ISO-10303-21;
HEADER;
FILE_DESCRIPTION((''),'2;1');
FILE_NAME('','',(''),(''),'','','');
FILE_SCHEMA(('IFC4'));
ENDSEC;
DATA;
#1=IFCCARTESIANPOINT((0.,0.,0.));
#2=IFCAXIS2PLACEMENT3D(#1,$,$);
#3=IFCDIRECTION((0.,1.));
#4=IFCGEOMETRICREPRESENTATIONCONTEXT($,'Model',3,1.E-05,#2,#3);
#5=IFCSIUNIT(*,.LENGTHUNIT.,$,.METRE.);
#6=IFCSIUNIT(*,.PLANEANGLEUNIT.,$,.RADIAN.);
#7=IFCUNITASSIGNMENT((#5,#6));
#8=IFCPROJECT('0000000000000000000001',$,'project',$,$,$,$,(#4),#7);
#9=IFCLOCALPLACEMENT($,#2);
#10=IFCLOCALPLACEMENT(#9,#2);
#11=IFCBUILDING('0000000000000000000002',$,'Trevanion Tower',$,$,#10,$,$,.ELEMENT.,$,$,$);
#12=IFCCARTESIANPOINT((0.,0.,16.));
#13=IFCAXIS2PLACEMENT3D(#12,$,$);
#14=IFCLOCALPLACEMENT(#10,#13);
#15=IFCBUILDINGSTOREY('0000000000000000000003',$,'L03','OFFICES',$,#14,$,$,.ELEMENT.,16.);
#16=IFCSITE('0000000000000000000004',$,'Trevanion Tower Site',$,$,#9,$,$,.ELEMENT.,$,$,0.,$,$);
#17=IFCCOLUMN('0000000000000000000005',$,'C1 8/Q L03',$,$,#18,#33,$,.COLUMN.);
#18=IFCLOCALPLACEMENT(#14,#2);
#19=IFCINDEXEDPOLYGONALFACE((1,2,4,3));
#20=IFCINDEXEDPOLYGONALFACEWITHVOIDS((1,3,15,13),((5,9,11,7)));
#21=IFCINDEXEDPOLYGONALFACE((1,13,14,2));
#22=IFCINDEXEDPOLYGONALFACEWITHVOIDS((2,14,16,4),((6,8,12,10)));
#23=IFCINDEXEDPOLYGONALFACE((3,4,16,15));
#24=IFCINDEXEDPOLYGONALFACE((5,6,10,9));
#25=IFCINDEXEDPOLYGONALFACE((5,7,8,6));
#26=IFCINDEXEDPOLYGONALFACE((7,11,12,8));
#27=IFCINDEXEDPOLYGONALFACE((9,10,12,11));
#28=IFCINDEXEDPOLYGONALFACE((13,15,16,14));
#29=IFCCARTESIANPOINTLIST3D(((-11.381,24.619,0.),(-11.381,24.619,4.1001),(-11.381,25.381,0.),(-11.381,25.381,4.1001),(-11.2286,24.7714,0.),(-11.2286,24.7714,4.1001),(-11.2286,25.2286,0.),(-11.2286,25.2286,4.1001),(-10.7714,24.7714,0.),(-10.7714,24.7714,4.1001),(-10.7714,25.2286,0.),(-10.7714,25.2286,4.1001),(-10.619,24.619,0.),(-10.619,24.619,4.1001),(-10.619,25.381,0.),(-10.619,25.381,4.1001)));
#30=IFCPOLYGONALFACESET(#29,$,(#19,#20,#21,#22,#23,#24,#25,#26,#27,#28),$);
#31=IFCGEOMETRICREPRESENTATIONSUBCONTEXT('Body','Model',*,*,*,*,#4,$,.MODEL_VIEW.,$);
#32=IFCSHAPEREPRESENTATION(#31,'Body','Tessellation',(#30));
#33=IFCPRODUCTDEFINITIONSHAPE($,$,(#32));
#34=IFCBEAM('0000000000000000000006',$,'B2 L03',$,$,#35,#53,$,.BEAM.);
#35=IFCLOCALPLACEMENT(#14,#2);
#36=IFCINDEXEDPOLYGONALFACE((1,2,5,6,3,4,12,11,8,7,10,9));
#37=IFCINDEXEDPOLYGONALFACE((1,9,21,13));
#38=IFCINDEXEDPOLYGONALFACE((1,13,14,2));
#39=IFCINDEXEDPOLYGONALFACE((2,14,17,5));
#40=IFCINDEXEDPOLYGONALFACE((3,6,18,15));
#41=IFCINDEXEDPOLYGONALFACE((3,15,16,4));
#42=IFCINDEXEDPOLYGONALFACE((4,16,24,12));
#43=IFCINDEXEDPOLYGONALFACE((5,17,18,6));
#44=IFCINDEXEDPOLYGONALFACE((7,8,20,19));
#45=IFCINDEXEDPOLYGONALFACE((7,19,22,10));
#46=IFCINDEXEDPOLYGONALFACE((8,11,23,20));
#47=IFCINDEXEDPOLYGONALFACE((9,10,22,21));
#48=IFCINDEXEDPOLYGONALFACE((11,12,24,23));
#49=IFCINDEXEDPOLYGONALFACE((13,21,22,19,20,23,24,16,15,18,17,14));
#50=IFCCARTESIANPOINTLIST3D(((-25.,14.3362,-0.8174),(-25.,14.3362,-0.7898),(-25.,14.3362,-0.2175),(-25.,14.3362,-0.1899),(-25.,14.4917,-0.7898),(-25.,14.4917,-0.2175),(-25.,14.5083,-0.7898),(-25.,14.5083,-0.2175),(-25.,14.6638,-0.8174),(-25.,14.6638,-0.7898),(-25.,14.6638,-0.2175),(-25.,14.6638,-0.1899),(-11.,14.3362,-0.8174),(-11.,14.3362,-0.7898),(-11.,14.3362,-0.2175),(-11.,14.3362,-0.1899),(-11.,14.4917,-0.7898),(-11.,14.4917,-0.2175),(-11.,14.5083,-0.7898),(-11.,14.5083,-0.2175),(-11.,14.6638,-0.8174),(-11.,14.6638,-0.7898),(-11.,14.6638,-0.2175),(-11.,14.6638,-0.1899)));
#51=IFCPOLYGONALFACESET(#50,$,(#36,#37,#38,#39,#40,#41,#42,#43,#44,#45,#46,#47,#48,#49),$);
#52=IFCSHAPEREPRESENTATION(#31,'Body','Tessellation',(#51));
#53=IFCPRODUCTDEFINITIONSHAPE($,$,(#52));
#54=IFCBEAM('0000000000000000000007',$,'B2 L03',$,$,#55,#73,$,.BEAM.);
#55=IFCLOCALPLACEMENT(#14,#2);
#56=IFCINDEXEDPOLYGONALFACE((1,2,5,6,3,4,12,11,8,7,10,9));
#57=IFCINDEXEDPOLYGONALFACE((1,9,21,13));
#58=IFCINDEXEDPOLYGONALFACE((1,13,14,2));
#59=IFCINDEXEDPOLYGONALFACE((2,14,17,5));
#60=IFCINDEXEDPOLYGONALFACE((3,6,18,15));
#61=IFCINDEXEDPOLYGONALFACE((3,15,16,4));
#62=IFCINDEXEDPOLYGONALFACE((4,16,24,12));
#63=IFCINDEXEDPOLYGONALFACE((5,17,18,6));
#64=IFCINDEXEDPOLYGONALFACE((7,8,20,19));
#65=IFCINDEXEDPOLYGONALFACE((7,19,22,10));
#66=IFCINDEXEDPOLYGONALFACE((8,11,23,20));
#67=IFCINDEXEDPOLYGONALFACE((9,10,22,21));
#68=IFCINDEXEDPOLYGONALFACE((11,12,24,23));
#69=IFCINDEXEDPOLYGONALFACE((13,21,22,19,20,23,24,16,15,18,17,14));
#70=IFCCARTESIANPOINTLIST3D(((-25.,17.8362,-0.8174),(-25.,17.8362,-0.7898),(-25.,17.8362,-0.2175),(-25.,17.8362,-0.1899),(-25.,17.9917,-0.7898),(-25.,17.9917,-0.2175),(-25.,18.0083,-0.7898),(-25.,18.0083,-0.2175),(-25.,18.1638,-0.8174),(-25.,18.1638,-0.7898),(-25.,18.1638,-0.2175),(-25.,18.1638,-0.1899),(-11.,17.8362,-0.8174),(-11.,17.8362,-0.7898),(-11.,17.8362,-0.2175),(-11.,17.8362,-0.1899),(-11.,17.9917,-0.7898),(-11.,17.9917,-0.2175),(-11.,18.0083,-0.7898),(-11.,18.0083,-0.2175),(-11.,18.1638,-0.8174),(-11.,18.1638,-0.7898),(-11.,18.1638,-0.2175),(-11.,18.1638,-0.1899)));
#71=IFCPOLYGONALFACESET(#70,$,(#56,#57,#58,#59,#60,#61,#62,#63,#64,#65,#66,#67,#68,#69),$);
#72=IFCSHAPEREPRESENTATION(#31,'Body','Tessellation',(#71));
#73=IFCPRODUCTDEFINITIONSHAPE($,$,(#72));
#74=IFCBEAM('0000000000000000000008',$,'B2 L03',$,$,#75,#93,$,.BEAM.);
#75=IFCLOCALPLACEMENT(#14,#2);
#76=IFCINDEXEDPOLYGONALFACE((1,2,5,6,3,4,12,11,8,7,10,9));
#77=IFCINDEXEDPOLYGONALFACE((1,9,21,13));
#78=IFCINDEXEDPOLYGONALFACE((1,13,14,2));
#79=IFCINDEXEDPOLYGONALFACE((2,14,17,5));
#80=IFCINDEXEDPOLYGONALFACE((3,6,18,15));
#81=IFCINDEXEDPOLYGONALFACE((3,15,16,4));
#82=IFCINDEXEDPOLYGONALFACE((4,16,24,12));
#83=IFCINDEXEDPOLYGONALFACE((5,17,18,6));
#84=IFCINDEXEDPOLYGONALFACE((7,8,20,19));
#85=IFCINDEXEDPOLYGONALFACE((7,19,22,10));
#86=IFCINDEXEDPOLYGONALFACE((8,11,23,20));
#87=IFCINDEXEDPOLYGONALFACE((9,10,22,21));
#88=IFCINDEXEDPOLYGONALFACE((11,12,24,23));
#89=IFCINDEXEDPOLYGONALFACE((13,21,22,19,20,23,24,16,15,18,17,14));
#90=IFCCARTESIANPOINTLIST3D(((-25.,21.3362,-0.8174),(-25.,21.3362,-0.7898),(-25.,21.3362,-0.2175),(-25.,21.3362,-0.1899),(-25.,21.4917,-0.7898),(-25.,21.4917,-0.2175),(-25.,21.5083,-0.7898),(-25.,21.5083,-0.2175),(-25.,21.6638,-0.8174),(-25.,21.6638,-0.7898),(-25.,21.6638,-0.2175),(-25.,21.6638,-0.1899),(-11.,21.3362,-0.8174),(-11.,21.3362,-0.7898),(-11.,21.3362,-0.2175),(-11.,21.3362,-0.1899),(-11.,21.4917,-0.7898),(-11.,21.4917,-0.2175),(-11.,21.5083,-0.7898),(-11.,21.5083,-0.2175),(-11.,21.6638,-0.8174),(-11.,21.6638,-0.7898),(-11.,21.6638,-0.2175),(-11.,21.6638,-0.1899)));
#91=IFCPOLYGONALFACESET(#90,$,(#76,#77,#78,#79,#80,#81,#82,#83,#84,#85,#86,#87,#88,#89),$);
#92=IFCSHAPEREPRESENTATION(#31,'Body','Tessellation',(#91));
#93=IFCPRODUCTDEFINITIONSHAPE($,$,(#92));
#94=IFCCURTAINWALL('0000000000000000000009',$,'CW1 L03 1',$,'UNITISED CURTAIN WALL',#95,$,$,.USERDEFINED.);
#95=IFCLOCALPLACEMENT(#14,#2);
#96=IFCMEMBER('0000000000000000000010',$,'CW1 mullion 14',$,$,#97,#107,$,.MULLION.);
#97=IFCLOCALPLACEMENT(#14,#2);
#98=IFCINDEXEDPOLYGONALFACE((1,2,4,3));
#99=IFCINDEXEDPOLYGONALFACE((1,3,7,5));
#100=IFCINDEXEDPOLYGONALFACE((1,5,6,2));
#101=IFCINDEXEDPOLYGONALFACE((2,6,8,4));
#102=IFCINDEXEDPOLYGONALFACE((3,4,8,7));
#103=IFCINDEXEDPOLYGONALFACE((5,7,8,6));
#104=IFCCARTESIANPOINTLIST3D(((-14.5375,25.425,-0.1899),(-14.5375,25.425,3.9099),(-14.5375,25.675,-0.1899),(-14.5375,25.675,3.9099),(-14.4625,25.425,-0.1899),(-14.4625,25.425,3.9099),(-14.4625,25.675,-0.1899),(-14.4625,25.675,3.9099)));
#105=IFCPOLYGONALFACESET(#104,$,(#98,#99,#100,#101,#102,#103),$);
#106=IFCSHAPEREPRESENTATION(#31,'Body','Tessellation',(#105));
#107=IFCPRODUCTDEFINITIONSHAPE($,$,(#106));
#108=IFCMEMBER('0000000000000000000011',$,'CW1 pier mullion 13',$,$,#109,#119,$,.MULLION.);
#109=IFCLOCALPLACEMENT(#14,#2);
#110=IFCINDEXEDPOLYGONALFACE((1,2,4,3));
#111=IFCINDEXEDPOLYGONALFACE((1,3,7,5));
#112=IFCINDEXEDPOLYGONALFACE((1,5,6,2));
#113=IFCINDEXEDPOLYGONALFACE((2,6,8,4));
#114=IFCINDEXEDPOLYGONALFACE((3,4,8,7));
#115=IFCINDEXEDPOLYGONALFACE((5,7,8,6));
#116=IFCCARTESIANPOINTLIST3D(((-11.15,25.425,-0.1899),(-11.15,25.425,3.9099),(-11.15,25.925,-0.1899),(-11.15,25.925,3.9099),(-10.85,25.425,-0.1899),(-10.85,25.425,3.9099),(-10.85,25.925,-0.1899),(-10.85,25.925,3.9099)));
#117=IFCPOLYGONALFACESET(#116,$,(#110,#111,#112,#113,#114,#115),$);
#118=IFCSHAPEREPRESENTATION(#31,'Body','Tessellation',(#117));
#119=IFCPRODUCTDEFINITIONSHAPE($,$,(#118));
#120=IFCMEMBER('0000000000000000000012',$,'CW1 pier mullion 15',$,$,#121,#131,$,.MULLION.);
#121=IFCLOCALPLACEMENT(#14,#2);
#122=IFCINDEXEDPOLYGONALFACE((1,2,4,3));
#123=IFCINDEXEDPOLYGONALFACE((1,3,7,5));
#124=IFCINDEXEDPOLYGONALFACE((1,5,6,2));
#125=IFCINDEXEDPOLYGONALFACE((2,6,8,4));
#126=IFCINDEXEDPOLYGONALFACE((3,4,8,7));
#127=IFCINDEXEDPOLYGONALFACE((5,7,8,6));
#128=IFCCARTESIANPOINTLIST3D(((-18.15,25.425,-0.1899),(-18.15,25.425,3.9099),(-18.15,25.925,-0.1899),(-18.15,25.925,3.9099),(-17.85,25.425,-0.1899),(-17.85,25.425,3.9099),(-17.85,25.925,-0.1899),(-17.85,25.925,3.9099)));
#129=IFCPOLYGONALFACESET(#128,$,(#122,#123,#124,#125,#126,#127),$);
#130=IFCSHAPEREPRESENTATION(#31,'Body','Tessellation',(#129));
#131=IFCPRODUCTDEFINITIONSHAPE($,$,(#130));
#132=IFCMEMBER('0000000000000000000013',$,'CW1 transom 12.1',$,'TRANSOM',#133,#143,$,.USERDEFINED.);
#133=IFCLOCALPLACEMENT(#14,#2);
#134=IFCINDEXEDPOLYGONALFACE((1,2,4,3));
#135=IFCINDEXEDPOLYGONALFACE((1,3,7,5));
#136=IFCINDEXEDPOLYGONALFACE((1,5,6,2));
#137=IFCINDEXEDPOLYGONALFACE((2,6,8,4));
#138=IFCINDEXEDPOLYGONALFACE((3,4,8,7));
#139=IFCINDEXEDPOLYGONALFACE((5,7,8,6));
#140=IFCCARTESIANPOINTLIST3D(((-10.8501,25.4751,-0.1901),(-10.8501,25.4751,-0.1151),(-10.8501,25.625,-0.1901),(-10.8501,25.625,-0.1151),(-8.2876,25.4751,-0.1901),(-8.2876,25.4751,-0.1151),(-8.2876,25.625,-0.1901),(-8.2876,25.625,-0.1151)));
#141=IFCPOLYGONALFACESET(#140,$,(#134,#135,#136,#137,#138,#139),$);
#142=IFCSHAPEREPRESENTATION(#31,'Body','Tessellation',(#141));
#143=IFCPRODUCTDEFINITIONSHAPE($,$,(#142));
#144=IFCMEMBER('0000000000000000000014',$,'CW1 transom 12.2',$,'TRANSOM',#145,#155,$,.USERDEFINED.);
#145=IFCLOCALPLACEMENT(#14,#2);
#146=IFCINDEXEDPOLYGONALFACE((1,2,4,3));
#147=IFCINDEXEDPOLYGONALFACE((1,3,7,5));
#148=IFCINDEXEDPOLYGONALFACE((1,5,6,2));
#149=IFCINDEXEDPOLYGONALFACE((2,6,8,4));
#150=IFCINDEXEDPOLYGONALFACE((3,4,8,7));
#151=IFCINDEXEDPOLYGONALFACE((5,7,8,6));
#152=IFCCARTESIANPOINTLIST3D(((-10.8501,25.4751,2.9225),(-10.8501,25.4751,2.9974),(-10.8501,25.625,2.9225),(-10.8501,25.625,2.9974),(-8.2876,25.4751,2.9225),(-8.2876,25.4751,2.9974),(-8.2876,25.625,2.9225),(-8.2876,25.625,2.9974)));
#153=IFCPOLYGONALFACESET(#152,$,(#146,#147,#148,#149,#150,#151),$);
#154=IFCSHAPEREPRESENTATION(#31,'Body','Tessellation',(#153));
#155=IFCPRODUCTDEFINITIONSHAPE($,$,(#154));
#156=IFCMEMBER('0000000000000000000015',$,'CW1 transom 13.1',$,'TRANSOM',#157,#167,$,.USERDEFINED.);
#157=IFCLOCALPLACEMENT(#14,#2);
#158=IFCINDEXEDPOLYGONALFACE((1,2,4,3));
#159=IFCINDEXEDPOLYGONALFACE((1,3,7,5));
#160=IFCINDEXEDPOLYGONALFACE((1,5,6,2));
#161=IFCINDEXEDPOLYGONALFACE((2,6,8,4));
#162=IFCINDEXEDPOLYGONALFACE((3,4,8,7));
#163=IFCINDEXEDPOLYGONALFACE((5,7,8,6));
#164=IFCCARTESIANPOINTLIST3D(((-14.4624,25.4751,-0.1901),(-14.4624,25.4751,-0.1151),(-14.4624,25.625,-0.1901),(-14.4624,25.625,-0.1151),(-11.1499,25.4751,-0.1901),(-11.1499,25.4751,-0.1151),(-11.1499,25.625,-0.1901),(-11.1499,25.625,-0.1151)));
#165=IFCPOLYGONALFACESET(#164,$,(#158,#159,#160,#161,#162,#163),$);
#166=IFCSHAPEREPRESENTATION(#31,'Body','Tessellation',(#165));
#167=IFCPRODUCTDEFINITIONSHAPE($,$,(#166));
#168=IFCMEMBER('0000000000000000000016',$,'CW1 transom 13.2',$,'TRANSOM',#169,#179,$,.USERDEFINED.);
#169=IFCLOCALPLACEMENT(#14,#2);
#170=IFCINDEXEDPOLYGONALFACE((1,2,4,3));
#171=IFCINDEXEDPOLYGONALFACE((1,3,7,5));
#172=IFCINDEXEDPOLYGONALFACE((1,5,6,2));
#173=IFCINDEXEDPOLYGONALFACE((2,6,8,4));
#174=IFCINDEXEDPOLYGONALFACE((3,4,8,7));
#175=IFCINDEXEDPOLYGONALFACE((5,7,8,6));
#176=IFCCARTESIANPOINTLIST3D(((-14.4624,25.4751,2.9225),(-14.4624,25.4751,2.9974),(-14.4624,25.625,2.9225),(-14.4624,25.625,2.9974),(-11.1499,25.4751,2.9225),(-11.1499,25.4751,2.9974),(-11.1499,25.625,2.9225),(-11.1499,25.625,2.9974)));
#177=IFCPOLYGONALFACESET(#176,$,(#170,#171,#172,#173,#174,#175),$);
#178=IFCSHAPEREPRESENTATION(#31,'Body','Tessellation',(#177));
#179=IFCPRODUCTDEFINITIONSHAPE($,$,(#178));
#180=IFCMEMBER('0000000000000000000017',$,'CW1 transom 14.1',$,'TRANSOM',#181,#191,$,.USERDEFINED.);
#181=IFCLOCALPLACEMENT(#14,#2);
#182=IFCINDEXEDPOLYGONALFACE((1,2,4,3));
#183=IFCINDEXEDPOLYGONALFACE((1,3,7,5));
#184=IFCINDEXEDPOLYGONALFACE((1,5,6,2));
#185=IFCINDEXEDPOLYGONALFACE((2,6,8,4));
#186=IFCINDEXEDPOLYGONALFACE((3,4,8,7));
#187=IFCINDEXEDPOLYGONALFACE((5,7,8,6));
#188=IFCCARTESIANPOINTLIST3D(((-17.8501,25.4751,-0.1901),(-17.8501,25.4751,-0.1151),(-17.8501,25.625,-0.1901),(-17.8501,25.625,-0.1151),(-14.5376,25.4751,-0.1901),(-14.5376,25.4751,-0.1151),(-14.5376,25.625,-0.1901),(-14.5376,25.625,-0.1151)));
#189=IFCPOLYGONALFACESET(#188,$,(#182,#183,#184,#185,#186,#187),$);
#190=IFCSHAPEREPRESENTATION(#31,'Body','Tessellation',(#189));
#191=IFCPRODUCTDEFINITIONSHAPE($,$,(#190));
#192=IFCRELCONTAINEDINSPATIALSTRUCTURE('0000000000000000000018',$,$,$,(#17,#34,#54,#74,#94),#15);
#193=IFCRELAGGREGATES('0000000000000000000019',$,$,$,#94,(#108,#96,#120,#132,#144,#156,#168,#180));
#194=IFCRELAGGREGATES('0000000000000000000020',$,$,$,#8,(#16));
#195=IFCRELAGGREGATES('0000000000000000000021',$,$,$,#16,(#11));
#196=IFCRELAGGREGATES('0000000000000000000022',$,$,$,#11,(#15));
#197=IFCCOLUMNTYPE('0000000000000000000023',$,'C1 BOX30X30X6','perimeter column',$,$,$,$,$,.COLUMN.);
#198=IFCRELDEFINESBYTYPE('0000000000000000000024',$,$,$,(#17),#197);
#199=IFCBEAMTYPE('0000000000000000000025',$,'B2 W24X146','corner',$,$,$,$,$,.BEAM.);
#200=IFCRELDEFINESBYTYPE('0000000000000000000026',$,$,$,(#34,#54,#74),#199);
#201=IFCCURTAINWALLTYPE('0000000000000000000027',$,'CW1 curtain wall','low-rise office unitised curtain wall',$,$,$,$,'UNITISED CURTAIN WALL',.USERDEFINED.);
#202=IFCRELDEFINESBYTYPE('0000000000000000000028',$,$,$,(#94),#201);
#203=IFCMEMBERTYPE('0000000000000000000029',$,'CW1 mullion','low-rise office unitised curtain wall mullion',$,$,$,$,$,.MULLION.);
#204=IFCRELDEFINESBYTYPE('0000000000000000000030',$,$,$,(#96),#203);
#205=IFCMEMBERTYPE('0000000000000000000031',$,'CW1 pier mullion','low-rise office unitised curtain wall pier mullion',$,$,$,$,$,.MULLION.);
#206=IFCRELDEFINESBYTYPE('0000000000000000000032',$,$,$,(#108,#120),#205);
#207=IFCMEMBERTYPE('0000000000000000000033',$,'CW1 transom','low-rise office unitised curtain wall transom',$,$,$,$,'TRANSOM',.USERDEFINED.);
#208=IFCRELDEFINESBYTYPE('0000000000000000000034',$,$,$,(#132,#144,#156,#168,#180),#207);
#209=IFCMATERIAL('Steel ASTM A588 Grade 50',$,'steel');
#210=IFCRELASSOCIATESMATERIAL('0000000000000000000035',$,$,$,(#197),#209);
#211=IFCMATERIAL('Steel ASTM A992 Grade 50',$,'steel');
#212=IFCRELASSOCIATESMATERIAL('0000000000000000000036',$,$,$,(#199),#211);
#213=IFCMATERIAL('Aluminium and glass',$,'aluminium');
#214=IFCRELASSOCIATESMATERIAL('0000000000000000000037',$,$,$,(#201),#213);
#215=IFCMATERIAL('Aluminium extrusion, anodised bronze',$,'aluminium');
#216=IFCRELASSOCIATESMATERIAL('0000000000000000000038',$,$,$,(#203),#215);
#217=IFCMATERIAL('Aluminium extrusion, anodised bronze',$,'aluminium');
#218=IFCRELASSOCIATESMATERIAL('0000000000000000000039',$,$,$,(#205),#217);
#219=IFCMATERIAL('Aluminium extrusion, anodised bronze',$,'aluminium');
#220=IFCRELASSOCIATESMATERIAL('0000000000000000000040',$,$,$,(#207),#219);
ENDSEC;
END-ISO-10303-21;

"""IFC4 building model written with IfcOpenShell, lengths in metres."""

from ifc_helpers import new_model, si_unit, direction, frame, origin, origin_2d, place, context, subcontext, project, spatial, rectangle, hollow_rectangle, i_section, extrude, material, material_profile, profile_set, type_object, element, aggregate, save


model = new_model("IFC4")

# Units and contexts
model_context = context("Model", 3, precision=1e-05, world=origin(), true_north=direction((0.0, 1.0)))
body_context = subcontext(model_context, "Body", "Model", "MODEL_VIEW")
ifc_project = project(units=[si_unit("LENGTHUNIT", "METRE"), si_unit("PLANEANGLEUNIT", "RADIAN")], contexts=[model_context])

# Site, building, storey
site_placement = place(None, origin())
site = spatial("IfcSite", under=ifc_project, at=site_placement, Name="Trevanion Tower Site", CompositionType="ELEMENT", RefElevation=0.0)
building_placement = place(site_placement, origin())
building = spatial("IfcBuilding", under=site, at=building_placement, Name="Trevanion Tower", CompositionType="ELEMENT")
storey_placement = place(building_placement, frame((0.0, 0.0, 16.0)))
storey = spatial("IfcBuildingStorey", under=building, at=storey_placement, Name="L03", Description="OFFICES", CompositionType="ELEMENT", Elevation=16.0)

# Column
ifc_material_1 = material(Name="Steel ASTM A588 Grade 50", Category="steel")
ifc_material_profile_1 = material_profile(ifc_material_1, hollow_rectangle(XDim=0.762, YDim=0.762, WallThickness=0.1523, at=origin_2d()), Name="BOX30X30X6")
ifc_profile_set_1 = profile_set([ifc_material_profile_1], Name="Steel ASTM A588 Grade 50")
column_type = type_object("IfcColumnType", Name="C1 BOX30X30X6", Description="perimeter column", PredefinedType="COLUMN", material=ifc_profile_set_1)
column_placement = place(storey_placement, frame((-11.0, 25.0, 0.0), z_axis=(0.0, 0.0, 1.0), x_axis=(1.0, 0.0, 0.0)))
element("IfcColumn", 1, at=column_placement, inside=storey, type_object=column_type, Name="C1 8/Q L03", PredefinedType="COLUMN", context=body_context, shape_type="SweptSolid", body=[
    extrude(hollow_rectangle(XDim=0.762, YDim=0.762, WallThickness=0.1523, at=origin_2d()), origin(), (0.0, 0.0, 1.0), 4.1001),
])

# Beams
ifc_material_2 = material(Name="Steel ASTM A992 Grade 50", Category="steel")
ifc_material_profile_2 = material_profile(ifc_material_2, i_section(OverallWidth=0.3276, OverallDepth=0.6274, WebThickness=0.0166, FlangeThickness=0.0276, at=origin_2d()), Name="W24X146")
ifc_profile_set_2 = profile_set([ifc_material_profile_2], Name="Steel ASTM A992 Grade 50")
beam_type_1 = type_object("IfcBeamType", Name="B2 W24X146", Description="corner", PredefinedType="BEAM", material=ifc_profile_set_2)
for number, where, z_axis, x_axis, name in (
    (2, (-11.0, 14.5, -0.5037), (-1.0, 0.0, 0.0), (0.0, -1.0, 0.0), "B2 L03"),
    (3, (-11.0, 18.0, -0.5037), (-1.0, 0.0, 0.0), (0.0, -1.0, 0.0), "B2 L03"),
    (4, (-11.0, 21.5, -0.5037), (-1.0, 0.0, 0.0), (0.0, -1.0, 0.0), "B2 L03"),
):
    element("IfcBeam", number, at=place(storey_placement, frame(where, z_axis=z_axis, x_axis=x_axis)), inside=storey, type_object=beam_type_1, Name=name, PredefinedType="BEAM", context=body_context, shape_type="SweptSolid", body=[
        extrude(i_section(OverallWidth=0.3276, OverallDepth=0.6274, WebThickness=0.0166, FlangeThickness=0.0276, at=origin_2d()), origin(), (0.0, 0.0, 1.0), 14.0),
    ])

# Curtain wall, members
ifc_material_3 = material(Name="Aluminium and glass", Category="aluminium")
curtain_wall_type = type_object("IfcCurtainWallType", Name="CW1 curtain wall", Description="low-rise office unitised curtain wall", ElementType="UNITISED CURTAIN WALL", PredefinedType="USERDEFINED", material=ifc_material_3)
curtain_wall_placement = place(storey_placement, origin())
curtain_wall = element("IfcCurtainWall", 5, at=curtain_wall_placement, inside=storey, type_object=curtain_wall_type, Name="CW1 L03 1", ObjectType="UNITISED CURTAIN WALL", PredefinedType="USERDEFINED")
ifc_material_4 = material(Name="Aluminium extrusion, anodised bronze", Category="aluminium")
ifc_material_profile_3 = material_profile(ifc_material_4, rectangle(XDim=0.075, YDim=0.25, at=origin_2d()), Name="CW1 mullion")
ifc_profile_set_3 = profile_set([ifc_material_profile_3], Name="Aluminium extrusion, anodised bronze")
member_type_1 = type_object("IfcMemberType", Name="CW1 mullion", Description="low-rise office unitised curtain wall mullion", PredefinedType="MULLION", material=ifc_profile_set_3)
member_1_placement = place(storey_placement, frame((-14.5, 25.55, -0.1899), z_axis=(0.0, 0.0, 1.0), x_axis=(-1.0, 0.0, 0.0)))
member_1 = element("IfcMember", 6, at=member_1_placement, type_object=member_type_1, Name="CW1 mullion 14", PredefinedType="MULLION", context=body_context, shape_type="SweptSolid", body=[
    extrude(rectangle(XDim=0.075, YDim=0.25, at=origin_2d()), origin(), (0.0, 0.0, 1.0), 4.0999),
])
ifc_material_5 = material(Name="Aluminium extrusion, anodised bronze", Category="aluminium")
ifc_material_profile_4 = material_profile(ifc_material_5, rectangle(XDim=0.3, YDim=0.5, at=origin_2d()), Name="CW1 pier mullion")
ifc_profile_set_4 = profile_set([ifc_material_profile_4], Name="Aluminium extrusion, anodised bronze")
member_type_2 = type_object("IfcMemberType", Name="CW1 pier mullion", Description="low-rise office unitised curtain wall pier mullion", PredefinedType="MULLION", material=ifc_profile_set_4)
member_2_placement = place(storey_placement, frame((-11.0, 25.675, -0.1899), z_axis=(0.0, 0.0, 1.0), x_axis=(-1.0, 0.0, 0.0)))
member_2 = element("IfcMember", 7, at=member_2_placement, type_object=member_type_2, Name="CW1 pier mullion 13", PredefinedType="MULLION", context=body_context, shape_type="SweptSolid", body=[
    extrude(rectangle(XDim=0.3, YDim=0.5, at=origin_2d()), origin(), (0.0, 0.0, 1.0), 4.0999),
])
member_3_placement = place(storey_placement, frame((-18.0, 25.675, -0.1899), z_axis=(0.0, 0.0, 1.0), x_axis=(-1.0, 0.0, 0.0)))
member_3 = element("IfcMember", 8, at=member_3_placement, type_object=member_type_2, Name="CW1 pier mullion 15", PredefinedType="MULLION", context=body_context, shape_type="SweptSolid", body=[
    extrude(rectangle(XDim=0.3, YDim=0.5, at=origin_2d()), origin(), (0.0, 0.0, 1.0), 4.0999),
])
ifc_material_6 = material(Name="Aluminium extrusion, anodised bronze", Category="aluminium")
ifc_material_profile_5 = material_profile(ifc_material_6, rectangle(XDim=0.1499, YDim=0.075, at=origin_2d()), Name="CW1 transom")
ifc_profile_set_5 = profile_set([ifc_material_profile_5], Name="Aluminium extrusion, anodised bronze")
member_type_3 = type_object("IfcMemberType", Name="CW1 transom", Description="low-rise office unitised curtain wall transom", ElementType="TRANSOM", PredefinedType="USERDEFINED", material=ifc_profile_set_5)
member_4_placement = place(storey_placement, frame((-8.2876, 25.55, -0.1526), z_axis=(-1.0, 0.0, 0.0), x_axis=(0.0, -1.0, 0.0)))
member_4 = element("IfcMember", 9, at=member_4_placement, type_object=member_type_3, Name="CW1 transom 12.1", ObjectType="TRANSOM", PredefinedType="USERDEFINED", context=body_context, shape_type="SweptSolid", body=[
    extrude(rectangle(XDim=0.1499, YDim=0.075, at=origin_2d()), origin(), (0.0, 0.0, 1.0), 2.5625),
])
member_5_placement = place(storey_placement, frame((-8.2876, 25.55, 2.96), z_axis=(-1.0, 0.0, 0.0), x_axis=(0.0, -1.0, 0.0)))
member_5 = element("IfcMember", 10, at=member_5_placement, type_object=member_type_3, Name="CW1 transom 12.2", ObjectType="TRANSOM", PredefinedType="USERDEFINED", context=body_context, shape_type="SweptSolid", body=[
    extrude(rectangle(XDim=0.1499, YDim=0.075, at=origin_2d()), origin(), (0.0, 0.0, 1.0), 2.5625),
])
member_6_placement = place(storey_placement, frame((-11.1499, 25.55, -0.1526), z_axis=(-1.0, 0.0, 0.0), x_axis=(0.0, -1.0, 0.0)))
member_6 = element("IfcMember", 11, at=member_6_placement, type_object=member_type_3, Name="CW1 transom 13.1", ObjectType="TRANSOM", PredefinedType="USERDEFINED", context=body_context, shape_type="SweptSolid", body=[
    extrude(rectangle(XDim=0.1499, YDim=0.075, at=origin_2d()), origin(), (0.0, 0.0, 1.0), 3.3125),
])
member_7_placement = place(storey_placement, frame((-11.1499, 25.55, 2.96), z_axis=(-1.0, 0.0, 0.0), x_axis=(0.0, -1.0, 0.0)))
member_7 = element("IfcMember", 12, at=member_7_placement, type_object=member_type_3, Name="CW1 transom 13.2", ObjectType="TRANSOM", PredefinedType="USERDEFINED", context=body_context, shape_type="SweptSolid", body=[
    extrude(rectangle(XDim=0.1499, YDim=0.075, at=origin_2d()), origin(), (0.0, 0.0, 1.0), 3.3125),
])
member_8_placement = place(storey_placement, frame((-14.5376, 25.55, -0.1526), z_axis=(-1.0, 0.0, 0.0), x_axis=(0.0, -1.0, 0.0)))
member_8 = element("IfcMember", 13, at=member_8_placement, type_object=member_type_3, Name="CW1 transom 14.1", ObjectType="TRANSOM", PredefinedType="USERDEFINED", context=body_context, shape_type="SweptSolid", body=[
    extrude(rectangle(XDim=0.1499, YDim=0.075, at=origin_2d()), origin(), (0.0, 0.0, 1.0), 3.3125),
])

aggregate(curtain_wall, [member_2, member_1, member_3, member_4, member_5, member_6, member_7, member_8])

save(model, "model.ifc")
